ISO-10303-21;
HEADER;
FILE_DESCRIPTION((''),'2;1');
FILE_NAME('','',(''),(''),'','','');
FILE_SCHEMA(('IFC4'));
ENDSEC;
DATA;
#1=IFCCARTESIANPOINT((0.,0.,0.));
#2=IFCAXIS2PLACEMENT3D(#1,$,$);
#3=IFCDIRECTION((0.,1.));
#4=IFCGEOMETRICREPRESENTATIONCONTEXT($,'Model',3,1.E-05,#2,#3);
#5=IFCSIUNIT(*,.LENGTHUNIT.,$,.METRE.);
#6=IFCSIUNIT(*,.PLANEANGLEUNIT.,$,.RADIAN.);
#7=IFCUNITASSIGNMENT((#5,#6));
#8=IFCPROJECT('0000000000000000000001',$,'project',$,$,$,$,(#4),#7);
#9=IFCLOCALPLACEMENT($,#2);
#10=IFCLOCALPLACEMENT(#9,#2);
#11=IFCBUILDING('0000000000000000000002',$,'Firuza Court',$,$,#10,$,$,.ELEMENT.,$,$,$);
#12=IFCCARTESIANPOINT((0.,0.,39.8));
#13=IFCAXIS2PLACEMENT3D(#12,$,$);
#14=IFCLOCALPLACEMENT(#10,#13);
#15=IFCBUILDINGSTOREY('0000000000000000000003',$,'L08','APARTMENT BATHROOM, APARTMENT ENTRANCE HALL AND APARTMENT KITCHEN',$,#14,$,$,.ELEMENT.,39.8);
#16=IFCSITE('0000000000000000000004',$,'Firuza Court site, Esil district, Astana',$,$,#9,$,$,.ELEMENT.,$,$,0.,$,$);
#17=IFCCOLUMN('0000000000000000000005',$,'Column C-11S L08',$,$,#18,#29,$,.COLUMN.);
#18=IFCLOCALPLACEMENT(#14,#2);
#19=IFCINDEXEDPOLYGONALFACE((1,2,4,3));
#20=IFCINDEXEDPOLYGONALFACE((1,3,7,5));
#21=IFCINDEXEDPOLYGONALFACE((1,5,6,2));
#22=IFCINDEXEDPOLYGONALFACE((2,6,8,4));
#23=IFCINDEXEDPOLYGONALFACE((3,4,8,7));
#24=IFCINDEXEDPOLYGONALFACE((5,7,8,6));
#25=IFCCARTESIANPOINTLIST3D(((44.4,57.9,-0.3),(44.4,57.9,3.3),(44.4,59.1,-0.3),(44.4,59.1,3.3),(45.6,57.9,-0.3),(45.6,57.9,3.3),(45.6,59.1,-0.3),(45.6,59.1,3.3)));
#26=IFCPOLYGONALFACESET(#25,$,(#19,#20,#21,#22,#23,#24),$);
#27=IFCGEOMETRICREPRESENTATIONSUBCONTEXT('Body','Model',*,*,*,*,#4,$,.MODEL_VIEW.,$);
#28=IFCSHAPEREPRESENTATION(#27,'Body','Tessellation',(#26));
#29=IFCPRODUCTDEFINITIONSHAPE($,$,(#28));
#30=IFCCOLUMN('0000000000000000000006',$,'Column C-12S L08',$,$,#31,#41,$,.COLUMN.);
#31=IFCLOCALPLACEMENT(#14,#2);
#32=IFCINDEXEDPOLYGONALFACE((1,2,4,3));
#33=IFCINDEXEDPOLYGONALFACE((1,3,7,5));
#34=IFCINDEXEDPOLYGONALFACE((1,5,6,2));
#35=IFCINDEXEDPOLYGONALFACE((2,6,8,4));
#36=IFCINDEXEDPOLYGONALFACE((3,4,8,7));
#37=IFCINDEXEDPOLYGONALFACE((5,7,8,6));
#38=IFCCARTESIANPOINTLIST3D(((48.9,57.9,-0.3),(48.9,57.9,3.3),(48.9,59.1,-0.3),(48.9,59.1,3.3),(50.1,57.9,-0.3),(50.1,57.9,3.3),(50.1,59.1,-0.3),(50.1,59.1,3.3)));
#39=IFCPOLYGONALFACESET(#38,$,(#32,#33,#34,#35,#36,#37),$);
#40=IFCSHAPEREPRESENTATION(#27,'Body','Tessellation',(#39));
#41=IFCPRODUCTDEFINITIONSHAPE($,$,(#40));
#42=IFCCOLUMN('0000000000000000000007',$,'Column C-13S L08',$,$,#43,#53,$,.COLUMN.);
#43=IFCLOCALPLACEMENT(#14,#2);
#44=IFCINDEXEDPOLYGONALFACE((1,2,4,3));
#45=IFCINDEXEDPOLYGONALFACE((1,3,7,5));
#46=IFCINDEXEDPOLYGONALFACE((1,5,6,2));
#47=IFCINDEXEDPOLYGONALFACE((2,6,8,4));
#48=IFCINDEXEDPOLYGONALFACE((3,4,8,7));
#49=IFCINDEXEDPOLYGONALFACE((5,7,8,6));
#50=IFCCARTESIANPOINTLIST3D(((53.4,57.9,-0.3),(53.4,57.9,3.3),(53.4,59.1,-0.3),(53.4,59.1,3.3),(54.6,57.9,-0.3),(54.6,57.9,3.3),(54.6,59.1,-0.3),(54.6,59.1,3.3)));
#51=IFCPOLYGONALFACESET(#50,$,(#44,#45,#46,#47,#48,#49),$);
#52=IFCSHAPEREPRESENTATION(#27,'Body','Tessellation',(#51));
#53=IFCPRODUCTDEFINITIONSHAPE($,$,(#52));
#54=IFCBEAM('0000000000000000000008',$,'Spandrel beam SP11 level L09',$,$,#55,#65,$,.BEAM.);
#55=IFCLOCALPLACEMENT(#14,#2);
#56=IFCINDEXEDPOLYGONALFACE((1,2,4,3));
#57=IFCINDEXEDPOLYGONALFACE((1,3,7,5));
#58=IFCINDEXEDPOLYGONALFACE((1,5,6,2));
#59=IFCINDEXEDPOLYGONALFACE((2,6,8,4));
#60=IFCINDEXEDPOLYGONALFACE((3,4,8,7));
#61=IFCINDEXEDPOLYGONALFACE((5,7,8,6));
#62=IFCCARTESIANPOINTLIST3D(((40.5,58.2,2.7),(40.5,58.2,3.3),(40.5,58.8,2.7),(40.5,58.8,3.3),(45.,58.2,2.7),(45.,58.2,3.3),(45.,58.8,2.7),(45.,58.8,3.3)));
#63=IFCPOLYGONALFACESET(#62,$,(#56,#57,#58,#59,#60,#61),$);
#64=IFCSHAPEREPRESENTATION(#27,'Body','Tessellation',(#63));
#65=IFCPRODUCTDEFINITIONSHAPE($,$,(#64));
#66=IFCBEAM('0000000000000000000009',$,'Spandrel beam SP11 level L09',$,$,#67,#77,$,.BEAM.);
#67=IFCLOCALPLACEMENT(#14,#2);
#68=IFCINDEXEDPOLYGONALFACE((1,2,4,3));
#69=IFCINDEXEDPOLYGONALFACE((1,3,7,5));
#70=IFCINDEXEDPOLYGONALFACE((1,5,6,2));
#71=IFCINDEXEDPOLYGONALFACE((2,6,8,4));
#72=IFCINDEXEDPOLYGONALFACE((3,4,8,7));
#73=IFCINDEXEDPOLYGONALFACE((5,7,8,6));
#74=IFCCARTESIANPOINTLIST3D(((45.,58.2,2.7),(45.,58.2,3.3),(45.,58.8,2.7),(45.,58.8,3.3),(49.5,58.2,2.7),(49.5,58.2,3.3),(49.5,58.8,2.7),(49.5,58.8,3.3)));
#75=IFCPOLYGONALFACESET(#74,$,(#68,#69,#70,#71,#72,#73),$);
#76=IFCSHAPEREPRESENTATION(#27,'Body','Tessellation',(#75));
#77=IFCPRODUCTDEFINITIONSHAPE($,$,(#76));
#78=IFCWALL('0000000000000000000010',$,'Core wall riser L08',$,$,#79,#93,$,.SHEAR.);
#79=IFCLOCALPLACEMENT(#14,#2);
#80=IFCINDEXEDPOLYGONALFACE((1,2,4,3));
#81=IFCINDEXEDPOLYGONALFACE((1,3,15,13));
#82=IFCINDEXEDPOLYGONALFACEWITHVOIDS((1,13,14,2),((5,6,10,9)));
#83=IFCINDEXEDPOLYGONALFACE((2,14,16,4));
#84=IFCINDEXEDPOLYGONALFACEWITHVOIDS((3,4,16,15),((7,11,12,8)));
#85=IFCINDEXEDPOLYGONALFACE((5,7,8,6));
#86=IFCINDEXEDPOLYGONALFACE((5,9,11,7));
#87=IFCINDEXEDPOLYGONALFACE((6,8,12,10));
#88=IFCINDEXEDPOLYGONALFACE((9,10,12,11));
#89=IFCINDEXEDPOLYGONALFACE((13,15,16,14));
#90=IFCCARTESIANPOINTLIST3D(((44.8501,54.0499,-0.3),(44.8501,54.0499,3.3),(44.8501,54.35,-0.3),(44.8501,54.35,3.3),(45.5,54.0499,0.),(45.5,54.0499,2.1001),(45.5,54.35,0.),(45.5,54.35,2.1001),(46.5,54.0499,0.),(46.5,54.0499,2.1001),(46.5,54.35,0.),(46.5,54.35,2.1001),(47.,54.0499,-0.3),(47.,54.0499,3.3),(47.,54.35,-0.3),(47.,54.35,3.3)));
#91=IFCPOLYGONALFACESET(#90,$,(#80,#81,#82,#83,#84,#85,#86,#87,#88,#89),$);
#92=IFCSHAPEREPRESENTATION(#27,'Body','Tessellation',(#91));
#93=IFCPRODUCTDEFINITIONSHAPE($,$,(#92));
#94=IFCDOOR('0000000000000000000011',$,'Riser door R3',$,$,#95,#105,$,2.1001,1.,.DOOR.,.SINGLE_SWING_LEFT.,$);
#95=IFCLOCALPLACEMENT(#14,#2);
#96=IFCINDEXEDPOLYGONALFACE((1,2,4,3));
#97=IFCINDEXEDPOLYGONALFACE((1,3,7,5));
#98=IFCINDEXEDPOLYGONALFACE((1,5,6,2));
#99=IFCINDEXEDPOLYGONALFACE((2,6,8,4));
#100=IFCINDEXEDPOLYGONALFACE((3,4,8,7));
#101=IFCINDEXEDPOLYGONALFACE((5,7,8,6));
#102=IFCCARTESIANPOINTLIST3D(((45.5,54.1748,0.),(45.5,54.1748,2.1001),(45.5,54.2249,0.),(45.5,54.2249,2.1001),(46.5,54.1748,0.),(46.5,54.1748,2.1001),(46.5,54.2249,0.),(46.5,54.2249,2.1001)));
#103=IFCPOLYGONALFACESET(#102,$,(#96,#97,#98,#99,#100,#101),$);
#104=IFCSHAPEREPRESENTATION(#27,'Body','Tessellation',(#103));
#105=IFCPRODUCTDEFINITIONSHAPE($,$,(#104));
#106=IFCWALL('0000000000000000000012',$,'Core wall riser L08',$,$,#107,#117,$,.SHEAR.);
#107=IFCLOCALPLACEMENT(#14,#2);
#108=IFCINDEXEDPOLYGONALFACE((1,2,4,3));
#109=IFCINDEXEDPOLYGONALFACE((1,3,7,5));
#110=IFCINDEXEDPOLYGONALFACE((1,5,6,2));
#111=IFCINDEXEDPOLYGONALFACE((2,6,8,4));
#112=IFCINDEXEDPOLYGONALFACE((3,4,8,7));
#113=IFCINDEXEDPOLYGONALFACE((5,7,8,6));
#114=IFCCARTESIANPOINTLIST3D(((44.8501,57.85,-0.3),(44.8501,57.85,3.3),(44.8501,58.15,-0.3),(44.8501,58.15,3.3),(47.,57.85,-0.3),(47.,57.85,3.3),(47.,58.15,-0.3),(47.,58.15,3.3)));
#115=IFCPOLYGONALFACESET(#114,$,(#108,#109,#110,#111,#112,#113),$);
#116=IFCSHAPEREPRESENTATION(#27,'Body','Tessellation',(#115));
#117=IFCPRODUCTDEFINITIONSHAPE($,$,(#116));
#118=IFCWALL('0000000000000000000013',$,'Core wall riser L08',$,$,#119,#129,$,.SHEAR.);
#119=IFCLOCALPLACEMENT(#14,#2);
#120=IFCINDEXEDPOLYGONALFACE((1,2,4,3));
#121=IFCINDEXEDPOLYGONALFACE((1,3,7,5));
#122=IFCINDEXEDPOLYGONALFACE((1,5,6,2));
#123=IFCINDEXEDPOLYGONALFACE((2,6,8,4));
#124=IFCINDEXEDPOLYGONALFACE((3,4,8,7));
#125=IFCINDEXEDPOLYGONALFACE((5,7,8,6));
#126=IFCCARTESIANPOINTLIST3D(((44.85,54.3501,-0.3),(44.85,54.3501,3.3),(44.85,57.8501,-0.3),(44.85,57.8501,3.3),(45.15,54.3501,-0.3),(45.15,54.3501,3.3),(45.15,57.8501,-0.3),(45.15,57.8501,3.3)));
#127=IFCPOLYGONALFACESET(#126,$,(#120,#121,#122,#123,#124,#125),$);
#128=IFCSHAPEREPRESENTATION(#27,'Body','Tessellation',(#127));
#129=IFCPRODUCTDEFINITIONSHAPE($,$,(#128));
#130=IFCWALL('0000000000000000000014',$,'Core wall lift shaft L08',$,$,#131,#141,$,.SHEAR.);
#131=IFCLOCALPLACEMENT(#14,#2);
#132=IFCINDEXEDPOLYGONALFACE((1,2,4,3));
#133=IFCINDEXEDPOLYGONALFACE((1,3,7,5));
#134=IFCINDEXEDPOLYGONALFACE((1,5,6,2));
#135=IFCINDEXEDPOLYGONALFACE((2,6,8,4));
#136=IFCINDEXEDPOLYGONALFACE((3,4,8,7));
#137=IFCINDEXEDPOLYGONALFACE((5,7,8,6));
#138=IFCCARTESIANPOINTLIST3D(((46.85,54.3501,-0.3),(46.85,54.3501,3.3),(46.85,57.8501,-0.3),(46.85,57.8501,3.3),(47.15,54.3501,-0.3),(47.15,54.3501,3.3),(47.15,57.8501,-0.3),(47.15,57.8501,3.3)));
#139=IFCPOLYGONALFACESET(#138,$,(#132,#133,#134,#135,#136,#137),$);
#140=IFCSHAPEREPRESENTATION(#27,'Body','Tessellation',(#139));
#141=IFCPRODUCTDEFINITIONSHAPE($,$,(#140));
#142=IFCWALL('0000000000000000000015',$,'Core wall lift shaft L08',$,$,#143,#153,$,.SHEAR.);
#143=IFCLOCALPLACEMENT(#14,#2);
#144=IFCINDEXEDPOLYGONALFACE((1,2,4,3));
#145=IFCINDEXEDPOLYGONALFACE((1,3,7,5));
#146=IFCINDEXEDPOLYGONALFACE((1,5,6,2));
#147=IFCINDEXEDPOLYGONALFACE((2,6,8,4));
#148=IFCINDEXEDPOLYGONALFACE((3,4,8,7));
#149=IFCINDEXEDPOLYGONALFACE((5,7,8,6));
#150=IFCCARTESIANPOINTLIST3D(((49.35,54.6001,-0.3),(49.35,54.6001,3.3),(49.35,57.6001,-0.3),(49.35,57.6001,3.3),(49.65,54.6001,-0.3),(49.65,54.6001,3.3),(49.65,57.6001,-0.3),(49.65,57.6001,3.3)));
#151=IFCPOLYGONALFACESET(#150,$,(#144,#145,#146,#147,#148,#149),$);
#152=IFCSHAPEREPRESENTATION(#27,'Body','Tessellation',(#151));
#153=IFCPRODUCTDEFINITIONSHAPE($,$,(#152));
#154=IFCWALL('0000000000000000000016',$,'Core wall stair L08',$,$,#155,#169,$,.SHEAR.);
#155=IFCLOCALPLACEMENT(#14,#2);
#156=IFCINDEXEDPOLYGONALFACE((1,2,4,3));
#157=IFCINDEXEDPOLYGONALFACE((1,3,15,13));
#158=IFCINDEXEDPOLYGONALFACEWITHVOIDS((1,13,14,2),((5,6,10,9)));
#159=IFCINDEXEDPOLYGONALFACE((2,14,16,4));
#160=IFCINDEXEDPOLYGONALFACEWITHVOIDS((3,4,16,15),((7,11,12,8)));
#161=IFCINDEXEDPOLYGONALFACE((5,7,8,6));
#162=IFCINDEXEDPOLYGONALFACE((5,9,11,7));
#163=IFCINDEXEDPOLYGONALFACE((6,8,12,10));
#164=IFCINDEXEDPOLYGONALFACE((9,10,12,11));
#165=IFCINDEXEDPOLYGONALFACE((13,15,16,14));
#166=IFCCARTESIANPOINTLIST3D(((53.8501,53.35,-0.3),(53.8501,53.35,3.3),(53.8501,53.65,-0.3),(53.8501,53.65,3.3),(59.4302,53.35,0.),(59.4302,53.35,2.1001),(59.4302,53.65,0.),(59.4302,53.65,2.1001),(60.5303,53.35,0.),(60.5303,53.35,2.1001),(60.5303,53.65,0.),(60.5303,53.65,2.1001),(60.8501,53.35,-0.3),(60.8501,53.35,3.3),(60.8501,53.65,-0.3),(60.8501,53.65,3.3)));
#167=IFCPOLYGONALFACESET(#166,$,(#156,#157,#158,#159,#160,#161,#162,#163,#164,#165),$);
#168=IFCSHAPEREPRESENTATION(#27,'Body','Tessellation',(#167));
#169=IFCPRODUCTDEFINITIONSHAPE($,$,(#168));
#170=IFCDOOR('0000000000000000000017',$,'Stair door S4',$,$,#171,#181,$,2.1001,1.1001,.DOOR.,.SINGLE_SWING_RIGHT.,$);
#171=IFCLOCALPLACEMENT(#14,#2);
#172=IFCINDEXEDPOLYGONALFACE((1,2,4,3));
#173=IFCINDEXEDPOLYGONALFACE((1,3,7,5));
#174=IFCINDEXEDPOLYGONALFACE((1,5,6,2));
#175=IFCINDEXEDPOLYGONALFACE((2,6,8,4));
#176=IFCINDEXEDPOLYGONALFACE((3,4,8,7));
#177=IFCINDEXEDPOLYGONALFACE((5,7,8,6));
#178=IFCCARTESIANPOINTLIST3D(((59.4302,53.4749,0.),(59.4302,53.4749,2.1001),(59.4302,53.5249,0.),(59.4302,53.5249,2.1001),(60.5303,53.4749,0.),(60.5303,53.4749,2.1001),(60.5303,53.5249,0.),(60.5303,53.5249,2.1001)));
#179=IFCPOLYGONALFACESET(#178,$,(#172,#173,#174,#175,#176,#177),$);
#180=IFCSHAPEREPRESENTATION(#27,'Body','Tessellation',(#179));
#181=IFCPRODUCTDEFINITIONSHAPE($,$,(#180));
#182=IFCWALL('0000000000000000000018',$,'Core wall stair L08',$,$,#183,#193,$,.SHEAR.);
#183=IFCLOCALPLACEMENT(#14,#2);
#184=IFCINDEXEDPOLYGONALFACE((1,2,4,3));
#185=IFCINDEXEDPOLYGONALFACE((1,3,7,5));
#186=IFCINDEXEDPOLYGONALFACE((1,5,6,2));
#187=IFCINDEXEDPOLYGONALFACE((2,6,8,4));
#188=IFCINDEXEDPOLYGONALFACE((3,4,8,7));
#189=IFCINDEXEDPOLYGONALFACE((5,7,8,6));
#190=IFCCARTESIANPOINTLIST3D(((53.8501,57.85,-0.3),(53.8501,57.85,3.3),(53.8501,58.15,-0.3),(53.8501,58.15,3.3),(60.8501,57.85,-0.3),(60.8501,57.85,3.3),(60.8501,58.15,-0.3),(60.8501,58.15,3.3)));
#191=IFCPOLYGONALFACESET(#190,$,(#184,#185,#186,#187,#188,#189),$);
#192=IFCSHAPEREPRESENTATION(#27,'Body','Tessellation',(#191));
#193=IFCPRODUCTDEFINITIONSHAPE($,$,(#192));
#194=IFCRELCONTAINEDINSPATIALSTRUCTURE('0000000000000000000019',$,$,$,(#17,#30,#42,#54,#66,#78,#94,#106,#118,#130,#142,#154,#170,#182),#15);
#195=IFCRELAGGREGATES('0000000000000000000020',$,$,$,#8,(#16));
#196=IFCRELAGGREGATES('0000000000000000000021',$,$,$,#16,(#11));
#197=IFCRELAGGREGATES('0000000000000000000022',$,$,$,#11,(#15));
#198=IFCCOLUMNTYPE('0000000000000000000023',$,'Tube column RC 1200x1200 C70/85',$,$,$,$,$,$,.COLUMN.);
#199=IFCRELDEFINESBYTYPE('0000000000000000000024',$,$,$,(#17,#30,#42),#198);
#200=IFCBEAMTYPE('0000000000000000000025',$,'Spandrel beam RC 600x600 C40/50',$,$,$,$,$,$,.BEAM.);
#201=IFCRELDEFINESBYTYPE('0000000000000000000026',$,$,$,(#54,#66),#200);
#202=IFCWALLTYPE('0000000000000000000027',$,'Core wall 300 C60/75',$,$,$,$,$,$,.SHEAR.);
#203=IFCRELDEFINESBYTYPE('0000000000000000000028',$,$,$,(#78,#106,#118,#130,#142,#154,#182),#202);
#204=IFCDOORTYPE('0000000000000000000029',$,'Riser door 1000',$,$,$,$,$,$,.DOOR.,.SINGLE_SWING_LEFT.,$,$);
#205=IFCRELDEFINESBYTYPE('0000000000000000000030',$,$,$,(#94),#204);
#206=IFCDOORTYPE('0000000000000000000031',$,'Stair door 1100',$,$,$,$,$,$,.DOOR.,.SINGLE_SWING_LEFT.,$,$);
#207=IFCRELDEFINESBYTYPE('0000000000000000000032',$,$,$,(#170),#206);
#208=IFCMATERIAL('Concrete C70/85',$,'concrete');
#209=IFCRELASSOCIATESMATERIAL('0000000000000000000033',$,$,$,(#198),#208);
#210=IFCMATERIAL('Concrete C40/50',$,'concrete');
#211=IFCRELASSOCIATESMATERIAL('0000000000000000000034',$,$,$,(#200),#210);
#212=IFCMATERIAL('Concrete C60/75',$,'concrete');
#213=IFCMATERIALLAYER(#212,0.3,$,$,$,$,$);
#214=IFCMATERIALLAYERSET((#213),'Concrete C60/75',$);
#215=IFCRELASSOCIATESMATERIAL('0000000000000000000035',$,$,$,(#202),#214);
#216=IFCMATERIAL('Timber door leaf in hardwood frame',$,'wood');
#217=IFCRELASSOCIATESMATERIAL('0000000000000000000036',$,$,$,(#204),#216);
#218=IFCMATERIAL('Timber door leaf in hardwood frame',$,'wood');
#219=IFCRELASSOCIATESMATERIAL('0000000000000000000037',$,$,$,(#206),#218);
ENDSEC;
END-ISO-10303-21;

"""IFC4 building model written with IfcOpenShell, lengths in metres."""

from ifc_helpers import new_model, si_unit, direction, frame, frame_2d, origin, origin_2d, place, context, subcontext, project, spatial, rectangle, extrude, material, layer, layer_set, material_profile, profile_set, type_object, element, fill, save


model = new_model("IFC4")

# Units and contexts
model_context = context("Model", 3, precision=1e-05, world=origin(), true_north=direction((0.0, 1.0)))
body_context = subcontext(model_context, "Body", "Model", "MODEL_VIEW")
ifc_project = project(units=[si_unit("LENGTHUNIT", "METRE"), si_unit("PLANEANGLEUNIT", "RADIAN")], contexts=[model_context])

# Site, building, storey
site_placement = place(None, origin())
site = spatial("IfcSite", under=ifc_project, at=site_placement, Name="Firuza Court site, Esil district, Astana", CompositionType="ELEMENT", RefElevation=0.0)
building_placement = place(site_placement, origin())
building = spatial("IfcBuilding", under=site, at=building_placement, Name="Firuza Court", CompositionType="ELEMENT")
storey_placement = place(building_placement, frame((0.0, 0.0, 39.8)))
storey = spatial("IfcBuildingStorey", under=building, at=storey_placement, Name="L08", Description="APARTMENT BATHROOM, APARTMENT ENTRANCE HALL AND APARTMENT KITCHEN", CompositionType="ELEMENT", Elevation=39.8)

# Columns
ifc_material_1 = material(Name="Concrete C70/85", Category="concrete")
ifc_material_profile_1 = material_profile(ifc_material_1, rectangle(XDim=1.2, YDim=1.2, at=origin_2d()), Name="RC 1200x1200")
ifc_profile_set_1 = profile_set([ifc_material_profile_1], Name="Concrete C70/85")
column_type = type_object("IfcColumnType", Name="Tube column RC 1200x1200 C70/85", PredefinedType="COLUMN", material=ifc_profile_set_1)
for number, where, z_axis, x_axis, name in (
    (1, (45.0, 58.5, -0.3), (0.0, 0.0, 1.0), (1.0, 0.0, 0.0), "Column C-11S L08"),
    (2, (49.5, 58.5, -0.3), (0.0, 0.0, 1.0), (1.0, 0.0, 0.0), "Column C-12S L08"),
    (3, (54.0, 58.5, -0.3), (0.0, 0.0, 1.0), (1.0, 0.0, 0.0), "Column C-13S L08"),
):
    element("IfcColumn", number, at=place(storey_placement, frame(where, z_axis=z_axis, x_axis=x_axis)), inside=storey, type_object=column_type, Name=name, PredefinedType="COLUMN", context=body_context, shape_type="SweptSolid", body=[
        extrude(rectangle(XDim=1.2, YDim=1.2, at=origin_2d()), origin(), (0.0, 0.0, 1.0), 3.6001),
    ])

# Beams
ifc_material_2 = material(Name="Concrete C40/50", Category="concrete")
ifc_material_profile_2 = material_profile(ifc_material_2, rectangle(XDim=0.6001, YDim=0.6001, at=origin_2d()), Name="RC 600x600")
ifc_profile_set_2 = profile_set([ifc_material_profile_2], Name="Concrete C40/50")
beam_type = type_object("IfcBeamType", Name="Spandrel beam RC 600x600 C40/50", PredefinedType="BEAM", material=ifc_profile_set_2)
for number, where, z_axis, x_axis, name in (
    (4, (45.0, 58.5, 3.0), (-1.0, 0.0, 0.0), (0.0, -1.0, 0.0), "Spandrel beam SP11 level L09"),
    (5, (49.5, 58.5, 3.0), (-1.0, 0.0, 0.0), (0.0, -1.0, 0.0), "Spandrel beam SP11 level L09"),
):
    element("IfcBeam", number, at=place(storey_placement, frame(where, z_axis=z_axis, x_axis=x_axis)), inside=storey, type_object=beam_type, Name=name, PredefinedType="BEAM", context=body_context, shape_type="SweptSolid", body=[
        extrude(rectangle(XDim=0.6001, YDim=0.6001, at=origin_2d()), origin(), (0.0, 0.0, 1.0), 4.5),
    ])

# Wall, opening, door
ifc_material_3 = material(Name="Concrete C60/75", Category="concrete")
ifc_layer_1 = layer(ifc_material_3, 0.3)
ifc_layer_set_1 = layer_set([ifc_layer_1], Name="Concrete C60/75")
wall_type_1 = type_object("IfcWallType", Name="Core wall 300 C60/75", PredefinedType="SHEAR", material=ifc_layer_set_1)
wall_1_placement = place(storey_placement, frame((44.8501, 54.2, -0.3), z_axis=(0.0, 0.0, 1.0), x_axis=(1.0, 0.0, 0.0)))
wall_1 = element("IfcWall", 6, at=wall_1_placement, inside=storey, type_object=wall_type_1, Name="Core wall riser L08", PredefinedType="SHEAR", context=body_context, shape_type="SweptSolid", body=[
    extrude(rectangle(XDim=2.1499, YDim=0.3, at=frame_2d((1.075, 0.0))), origin(), (0.0, 0.0, 1.0), 3.6001),
])
opening_1_placement = place(wall_1_placement, frame((0.6499, 0.0, 0.3)))
opening_1 = element("IfcOpeningElement", 7, at=opening_1_placement, cuts=wall_1, PredefinedType="OPENING", context=body_context, shape_type="SweptSolid", body=[
    extrude(rectangle(XDim=1.0, YDim=2.1001, at=frame_2d((0.5, 1.05))), frame((0.0, 0.1621, 0.0), z_axis=(0.0, -1.0, 0.0), x_axis=(1.0, 0.0, 0.0)), (0.0, 0.0, 1.0), 0.324),
])
ifc_material_4 = material(Name="Timber door leaf in hardwood frame", Category="wood")
door_type_1 = type_object("IfcDoorType", Name="Riser door 1000", OperationType="SINGLE_SWING_LEFT", PredefinedType="DOOR", material=ifc_material_4)
door_1_placement = place(opening_1_placement, origin())
door_1 = element("IfcDoor", 8, at=door_1_placement, inside=storey, type_object=door_type_1, Name="Riser door R3", OperationType="SINGLE_SWING_LEFT", OverallHeight=2.1001, OverallWidth=1.0, PredefinedType="DOOR", context=body_context, shape_type="SweptSolid", body=[
    extrude(rectangle(XDim=1.0, YDim=2.1001, at=frame_2d((0.5, 1.05))), frame((0.0, 0.0249, 0.0), z_axis=(0.0, -1.0, 0.0), x_axis=(1.0, 0.0, 0.0)), (0.0, 0.0, 1.0), 0.05),
])
fill(opening_1, door_1)

# Walls
wall_2_placement = place(storey_placement, frame((44.8501, 58.0, -0.3), z_axis=(0.0, 0.0, 1.0), x_axis=(1.0, 0.0, 0.0)))
element("IfcWall", 9, at=wall_2_placement, inside=storey, type_object=wall_type_1, Name="Core wall riser L08", PredefinedType="SHEAR", context=body_context, shape_type="SweptSolid", body=[
    extrude(rectangle(XDim=2.1499, YDim=0.3, at=frame_2d((1.075, 0.0))), origin(), (0.0, 0.0, 1.0), 3.6001),
])
for number, where, z_axis, x_axis, name in (
    (10, (45.0, 54.3501, -0.3), (0.0, 0.0, 1.0), (0.0, 1.0, 0.0), "Core wall riser L08"),
    (11, (47.0, 54.3501, -0.3), (0.0, 0.0, 1.0), (0.0, 1.0, 0.0), "Core wall lift shaft L08"),
):
    element("IfcWall", number, at=place(storey_placement, frame(where, z_axis=z_axis, x_axis=x_axis)), inside=storey, type_object=wall_type_1, Name=name, PredefinedType="SHEAR", context=body_context, shape_type="SweptSolid", body=[
        extrude(rectangle(XDim=3.5, YDim=0.3, at=frame_2d((1.75, 0.0))), origin(), (0.0, 0.0, 1.0), 3.6001),
    ])
wall_3_placement = place(storey_placement, frame((49.5, 54.6001, -0.3), z_axis=(0.0, 0.0, 1.0), x_axis=(0.0, 1.0, 0.0)))
element("IfcWall", 12, at=wall_3_placement, inside=storey, type_object=wall_type_1, Name="Core wall lift shaft L08", PredefinedType="SHEAR", context=body_context, shape_type="SweptSolid", body=[
    extrude(rectangle(XDim=3.0, YDim=0.3, at=frame_2d((1.5, 0.0))), origin(), (0.0, 0.0, 1.0), 3.6001),
])

# Wall, opening, door
wall_4_placement = place(storey_placement, frame((53.8501, 53.5, -0.3), z_axis=(0.0, 0.0, 1.0), x_axis=(1.0, 0.0, 0.0)))
wall_4 = element("IfcWall", 13, at=wall_4_placement, inside=storey, type_object=wall_type_1, Name="Core wall stair L08", PredefinedType="SHEAR", context=body_context, shape_type="SweptSolid", body=[
    extrude(rectangle(XDim=7.0, YDim=0.3, at=frame_2d((3.5, 0.0))), origin(), (0.0, 0.0, 1.0), 3.6001),
])
opening_2_placement = place(wall_4_placement, frame((5.5801, 0.0, 0.3)))
opening_2 = element("IfcOpeningElement", 14, at=opening_2_placement, cuts=wall_4, PredefinedType="OPENING", context=body_context, shape_type="SweptSolid", body=[
    extrude(rectangle(XDim=1.1001, YDim=2.1001, at=frame_2d((0.55, 1.05))), frame((0.0, 0.1621, 0.0), z_axis=(0.0, -1.0, 0.0), x_axis=(1.0, 0.0, 0.0)), (0.0, 0.0, 1.0), 0.324),
])
ifc_material_5 = material(Name="Timber door leaf in hardwood frame", Category="wood")
door_type_2 = type_object("IfcDoorType", Name="Stair door 1100", OperationType="SINGLE_SWING_LEFT", PredefinedType="DOOR", material=ifc_material_5)
door_2_placement = place(opening_2_placement, origin())
door_2 = element("IfcDoor", 15, at=door_2_placement, inside=storey, type_object=door_type_2, Name="Stair door S4", OperationType="SINGLE_SWING_RIGHT", OverallHeight=2.1001, OverallWidth=1.1001, PredefinedType="DOOR", context=body_context, shape_type="SweptSolid", body=[
    extrude(rectangle(XDim=1.1001, YDim=2.1001, at=frame_2d((0.55, 1.05))), frame((0.0, 0.0249, 0.0), z_axis=(0.0, -1.0, 0.0), x_axis=(1.0, 0.0, 0.0)), (0.0, 0.0, 1.0), 0.05),
])
fill(opening_2, door_2)

# Wall
wall_5_placement = place(storey_placement, frame((53.8501, 58.0, -0.3), z_axis=(0.0, 0.0, 1.0), x_axis=(1.0, 0.0, 0.0)))
element("IfcWall", 16, at=wall_5_placement, inside=storey, type_object=wall_type_1, Name="Core wall stair L08", PredefinedType="SHEAR", context=body_context, shape_type="SweptSolid", body=[
    extrude(rectangle(XDim=7.0, YDim=0.3, at=frame_2d((3.5, 0.0))), origin(), (0.0, 0.0, 1.0), 3.6001),
])

save(model, "model.ifc")
